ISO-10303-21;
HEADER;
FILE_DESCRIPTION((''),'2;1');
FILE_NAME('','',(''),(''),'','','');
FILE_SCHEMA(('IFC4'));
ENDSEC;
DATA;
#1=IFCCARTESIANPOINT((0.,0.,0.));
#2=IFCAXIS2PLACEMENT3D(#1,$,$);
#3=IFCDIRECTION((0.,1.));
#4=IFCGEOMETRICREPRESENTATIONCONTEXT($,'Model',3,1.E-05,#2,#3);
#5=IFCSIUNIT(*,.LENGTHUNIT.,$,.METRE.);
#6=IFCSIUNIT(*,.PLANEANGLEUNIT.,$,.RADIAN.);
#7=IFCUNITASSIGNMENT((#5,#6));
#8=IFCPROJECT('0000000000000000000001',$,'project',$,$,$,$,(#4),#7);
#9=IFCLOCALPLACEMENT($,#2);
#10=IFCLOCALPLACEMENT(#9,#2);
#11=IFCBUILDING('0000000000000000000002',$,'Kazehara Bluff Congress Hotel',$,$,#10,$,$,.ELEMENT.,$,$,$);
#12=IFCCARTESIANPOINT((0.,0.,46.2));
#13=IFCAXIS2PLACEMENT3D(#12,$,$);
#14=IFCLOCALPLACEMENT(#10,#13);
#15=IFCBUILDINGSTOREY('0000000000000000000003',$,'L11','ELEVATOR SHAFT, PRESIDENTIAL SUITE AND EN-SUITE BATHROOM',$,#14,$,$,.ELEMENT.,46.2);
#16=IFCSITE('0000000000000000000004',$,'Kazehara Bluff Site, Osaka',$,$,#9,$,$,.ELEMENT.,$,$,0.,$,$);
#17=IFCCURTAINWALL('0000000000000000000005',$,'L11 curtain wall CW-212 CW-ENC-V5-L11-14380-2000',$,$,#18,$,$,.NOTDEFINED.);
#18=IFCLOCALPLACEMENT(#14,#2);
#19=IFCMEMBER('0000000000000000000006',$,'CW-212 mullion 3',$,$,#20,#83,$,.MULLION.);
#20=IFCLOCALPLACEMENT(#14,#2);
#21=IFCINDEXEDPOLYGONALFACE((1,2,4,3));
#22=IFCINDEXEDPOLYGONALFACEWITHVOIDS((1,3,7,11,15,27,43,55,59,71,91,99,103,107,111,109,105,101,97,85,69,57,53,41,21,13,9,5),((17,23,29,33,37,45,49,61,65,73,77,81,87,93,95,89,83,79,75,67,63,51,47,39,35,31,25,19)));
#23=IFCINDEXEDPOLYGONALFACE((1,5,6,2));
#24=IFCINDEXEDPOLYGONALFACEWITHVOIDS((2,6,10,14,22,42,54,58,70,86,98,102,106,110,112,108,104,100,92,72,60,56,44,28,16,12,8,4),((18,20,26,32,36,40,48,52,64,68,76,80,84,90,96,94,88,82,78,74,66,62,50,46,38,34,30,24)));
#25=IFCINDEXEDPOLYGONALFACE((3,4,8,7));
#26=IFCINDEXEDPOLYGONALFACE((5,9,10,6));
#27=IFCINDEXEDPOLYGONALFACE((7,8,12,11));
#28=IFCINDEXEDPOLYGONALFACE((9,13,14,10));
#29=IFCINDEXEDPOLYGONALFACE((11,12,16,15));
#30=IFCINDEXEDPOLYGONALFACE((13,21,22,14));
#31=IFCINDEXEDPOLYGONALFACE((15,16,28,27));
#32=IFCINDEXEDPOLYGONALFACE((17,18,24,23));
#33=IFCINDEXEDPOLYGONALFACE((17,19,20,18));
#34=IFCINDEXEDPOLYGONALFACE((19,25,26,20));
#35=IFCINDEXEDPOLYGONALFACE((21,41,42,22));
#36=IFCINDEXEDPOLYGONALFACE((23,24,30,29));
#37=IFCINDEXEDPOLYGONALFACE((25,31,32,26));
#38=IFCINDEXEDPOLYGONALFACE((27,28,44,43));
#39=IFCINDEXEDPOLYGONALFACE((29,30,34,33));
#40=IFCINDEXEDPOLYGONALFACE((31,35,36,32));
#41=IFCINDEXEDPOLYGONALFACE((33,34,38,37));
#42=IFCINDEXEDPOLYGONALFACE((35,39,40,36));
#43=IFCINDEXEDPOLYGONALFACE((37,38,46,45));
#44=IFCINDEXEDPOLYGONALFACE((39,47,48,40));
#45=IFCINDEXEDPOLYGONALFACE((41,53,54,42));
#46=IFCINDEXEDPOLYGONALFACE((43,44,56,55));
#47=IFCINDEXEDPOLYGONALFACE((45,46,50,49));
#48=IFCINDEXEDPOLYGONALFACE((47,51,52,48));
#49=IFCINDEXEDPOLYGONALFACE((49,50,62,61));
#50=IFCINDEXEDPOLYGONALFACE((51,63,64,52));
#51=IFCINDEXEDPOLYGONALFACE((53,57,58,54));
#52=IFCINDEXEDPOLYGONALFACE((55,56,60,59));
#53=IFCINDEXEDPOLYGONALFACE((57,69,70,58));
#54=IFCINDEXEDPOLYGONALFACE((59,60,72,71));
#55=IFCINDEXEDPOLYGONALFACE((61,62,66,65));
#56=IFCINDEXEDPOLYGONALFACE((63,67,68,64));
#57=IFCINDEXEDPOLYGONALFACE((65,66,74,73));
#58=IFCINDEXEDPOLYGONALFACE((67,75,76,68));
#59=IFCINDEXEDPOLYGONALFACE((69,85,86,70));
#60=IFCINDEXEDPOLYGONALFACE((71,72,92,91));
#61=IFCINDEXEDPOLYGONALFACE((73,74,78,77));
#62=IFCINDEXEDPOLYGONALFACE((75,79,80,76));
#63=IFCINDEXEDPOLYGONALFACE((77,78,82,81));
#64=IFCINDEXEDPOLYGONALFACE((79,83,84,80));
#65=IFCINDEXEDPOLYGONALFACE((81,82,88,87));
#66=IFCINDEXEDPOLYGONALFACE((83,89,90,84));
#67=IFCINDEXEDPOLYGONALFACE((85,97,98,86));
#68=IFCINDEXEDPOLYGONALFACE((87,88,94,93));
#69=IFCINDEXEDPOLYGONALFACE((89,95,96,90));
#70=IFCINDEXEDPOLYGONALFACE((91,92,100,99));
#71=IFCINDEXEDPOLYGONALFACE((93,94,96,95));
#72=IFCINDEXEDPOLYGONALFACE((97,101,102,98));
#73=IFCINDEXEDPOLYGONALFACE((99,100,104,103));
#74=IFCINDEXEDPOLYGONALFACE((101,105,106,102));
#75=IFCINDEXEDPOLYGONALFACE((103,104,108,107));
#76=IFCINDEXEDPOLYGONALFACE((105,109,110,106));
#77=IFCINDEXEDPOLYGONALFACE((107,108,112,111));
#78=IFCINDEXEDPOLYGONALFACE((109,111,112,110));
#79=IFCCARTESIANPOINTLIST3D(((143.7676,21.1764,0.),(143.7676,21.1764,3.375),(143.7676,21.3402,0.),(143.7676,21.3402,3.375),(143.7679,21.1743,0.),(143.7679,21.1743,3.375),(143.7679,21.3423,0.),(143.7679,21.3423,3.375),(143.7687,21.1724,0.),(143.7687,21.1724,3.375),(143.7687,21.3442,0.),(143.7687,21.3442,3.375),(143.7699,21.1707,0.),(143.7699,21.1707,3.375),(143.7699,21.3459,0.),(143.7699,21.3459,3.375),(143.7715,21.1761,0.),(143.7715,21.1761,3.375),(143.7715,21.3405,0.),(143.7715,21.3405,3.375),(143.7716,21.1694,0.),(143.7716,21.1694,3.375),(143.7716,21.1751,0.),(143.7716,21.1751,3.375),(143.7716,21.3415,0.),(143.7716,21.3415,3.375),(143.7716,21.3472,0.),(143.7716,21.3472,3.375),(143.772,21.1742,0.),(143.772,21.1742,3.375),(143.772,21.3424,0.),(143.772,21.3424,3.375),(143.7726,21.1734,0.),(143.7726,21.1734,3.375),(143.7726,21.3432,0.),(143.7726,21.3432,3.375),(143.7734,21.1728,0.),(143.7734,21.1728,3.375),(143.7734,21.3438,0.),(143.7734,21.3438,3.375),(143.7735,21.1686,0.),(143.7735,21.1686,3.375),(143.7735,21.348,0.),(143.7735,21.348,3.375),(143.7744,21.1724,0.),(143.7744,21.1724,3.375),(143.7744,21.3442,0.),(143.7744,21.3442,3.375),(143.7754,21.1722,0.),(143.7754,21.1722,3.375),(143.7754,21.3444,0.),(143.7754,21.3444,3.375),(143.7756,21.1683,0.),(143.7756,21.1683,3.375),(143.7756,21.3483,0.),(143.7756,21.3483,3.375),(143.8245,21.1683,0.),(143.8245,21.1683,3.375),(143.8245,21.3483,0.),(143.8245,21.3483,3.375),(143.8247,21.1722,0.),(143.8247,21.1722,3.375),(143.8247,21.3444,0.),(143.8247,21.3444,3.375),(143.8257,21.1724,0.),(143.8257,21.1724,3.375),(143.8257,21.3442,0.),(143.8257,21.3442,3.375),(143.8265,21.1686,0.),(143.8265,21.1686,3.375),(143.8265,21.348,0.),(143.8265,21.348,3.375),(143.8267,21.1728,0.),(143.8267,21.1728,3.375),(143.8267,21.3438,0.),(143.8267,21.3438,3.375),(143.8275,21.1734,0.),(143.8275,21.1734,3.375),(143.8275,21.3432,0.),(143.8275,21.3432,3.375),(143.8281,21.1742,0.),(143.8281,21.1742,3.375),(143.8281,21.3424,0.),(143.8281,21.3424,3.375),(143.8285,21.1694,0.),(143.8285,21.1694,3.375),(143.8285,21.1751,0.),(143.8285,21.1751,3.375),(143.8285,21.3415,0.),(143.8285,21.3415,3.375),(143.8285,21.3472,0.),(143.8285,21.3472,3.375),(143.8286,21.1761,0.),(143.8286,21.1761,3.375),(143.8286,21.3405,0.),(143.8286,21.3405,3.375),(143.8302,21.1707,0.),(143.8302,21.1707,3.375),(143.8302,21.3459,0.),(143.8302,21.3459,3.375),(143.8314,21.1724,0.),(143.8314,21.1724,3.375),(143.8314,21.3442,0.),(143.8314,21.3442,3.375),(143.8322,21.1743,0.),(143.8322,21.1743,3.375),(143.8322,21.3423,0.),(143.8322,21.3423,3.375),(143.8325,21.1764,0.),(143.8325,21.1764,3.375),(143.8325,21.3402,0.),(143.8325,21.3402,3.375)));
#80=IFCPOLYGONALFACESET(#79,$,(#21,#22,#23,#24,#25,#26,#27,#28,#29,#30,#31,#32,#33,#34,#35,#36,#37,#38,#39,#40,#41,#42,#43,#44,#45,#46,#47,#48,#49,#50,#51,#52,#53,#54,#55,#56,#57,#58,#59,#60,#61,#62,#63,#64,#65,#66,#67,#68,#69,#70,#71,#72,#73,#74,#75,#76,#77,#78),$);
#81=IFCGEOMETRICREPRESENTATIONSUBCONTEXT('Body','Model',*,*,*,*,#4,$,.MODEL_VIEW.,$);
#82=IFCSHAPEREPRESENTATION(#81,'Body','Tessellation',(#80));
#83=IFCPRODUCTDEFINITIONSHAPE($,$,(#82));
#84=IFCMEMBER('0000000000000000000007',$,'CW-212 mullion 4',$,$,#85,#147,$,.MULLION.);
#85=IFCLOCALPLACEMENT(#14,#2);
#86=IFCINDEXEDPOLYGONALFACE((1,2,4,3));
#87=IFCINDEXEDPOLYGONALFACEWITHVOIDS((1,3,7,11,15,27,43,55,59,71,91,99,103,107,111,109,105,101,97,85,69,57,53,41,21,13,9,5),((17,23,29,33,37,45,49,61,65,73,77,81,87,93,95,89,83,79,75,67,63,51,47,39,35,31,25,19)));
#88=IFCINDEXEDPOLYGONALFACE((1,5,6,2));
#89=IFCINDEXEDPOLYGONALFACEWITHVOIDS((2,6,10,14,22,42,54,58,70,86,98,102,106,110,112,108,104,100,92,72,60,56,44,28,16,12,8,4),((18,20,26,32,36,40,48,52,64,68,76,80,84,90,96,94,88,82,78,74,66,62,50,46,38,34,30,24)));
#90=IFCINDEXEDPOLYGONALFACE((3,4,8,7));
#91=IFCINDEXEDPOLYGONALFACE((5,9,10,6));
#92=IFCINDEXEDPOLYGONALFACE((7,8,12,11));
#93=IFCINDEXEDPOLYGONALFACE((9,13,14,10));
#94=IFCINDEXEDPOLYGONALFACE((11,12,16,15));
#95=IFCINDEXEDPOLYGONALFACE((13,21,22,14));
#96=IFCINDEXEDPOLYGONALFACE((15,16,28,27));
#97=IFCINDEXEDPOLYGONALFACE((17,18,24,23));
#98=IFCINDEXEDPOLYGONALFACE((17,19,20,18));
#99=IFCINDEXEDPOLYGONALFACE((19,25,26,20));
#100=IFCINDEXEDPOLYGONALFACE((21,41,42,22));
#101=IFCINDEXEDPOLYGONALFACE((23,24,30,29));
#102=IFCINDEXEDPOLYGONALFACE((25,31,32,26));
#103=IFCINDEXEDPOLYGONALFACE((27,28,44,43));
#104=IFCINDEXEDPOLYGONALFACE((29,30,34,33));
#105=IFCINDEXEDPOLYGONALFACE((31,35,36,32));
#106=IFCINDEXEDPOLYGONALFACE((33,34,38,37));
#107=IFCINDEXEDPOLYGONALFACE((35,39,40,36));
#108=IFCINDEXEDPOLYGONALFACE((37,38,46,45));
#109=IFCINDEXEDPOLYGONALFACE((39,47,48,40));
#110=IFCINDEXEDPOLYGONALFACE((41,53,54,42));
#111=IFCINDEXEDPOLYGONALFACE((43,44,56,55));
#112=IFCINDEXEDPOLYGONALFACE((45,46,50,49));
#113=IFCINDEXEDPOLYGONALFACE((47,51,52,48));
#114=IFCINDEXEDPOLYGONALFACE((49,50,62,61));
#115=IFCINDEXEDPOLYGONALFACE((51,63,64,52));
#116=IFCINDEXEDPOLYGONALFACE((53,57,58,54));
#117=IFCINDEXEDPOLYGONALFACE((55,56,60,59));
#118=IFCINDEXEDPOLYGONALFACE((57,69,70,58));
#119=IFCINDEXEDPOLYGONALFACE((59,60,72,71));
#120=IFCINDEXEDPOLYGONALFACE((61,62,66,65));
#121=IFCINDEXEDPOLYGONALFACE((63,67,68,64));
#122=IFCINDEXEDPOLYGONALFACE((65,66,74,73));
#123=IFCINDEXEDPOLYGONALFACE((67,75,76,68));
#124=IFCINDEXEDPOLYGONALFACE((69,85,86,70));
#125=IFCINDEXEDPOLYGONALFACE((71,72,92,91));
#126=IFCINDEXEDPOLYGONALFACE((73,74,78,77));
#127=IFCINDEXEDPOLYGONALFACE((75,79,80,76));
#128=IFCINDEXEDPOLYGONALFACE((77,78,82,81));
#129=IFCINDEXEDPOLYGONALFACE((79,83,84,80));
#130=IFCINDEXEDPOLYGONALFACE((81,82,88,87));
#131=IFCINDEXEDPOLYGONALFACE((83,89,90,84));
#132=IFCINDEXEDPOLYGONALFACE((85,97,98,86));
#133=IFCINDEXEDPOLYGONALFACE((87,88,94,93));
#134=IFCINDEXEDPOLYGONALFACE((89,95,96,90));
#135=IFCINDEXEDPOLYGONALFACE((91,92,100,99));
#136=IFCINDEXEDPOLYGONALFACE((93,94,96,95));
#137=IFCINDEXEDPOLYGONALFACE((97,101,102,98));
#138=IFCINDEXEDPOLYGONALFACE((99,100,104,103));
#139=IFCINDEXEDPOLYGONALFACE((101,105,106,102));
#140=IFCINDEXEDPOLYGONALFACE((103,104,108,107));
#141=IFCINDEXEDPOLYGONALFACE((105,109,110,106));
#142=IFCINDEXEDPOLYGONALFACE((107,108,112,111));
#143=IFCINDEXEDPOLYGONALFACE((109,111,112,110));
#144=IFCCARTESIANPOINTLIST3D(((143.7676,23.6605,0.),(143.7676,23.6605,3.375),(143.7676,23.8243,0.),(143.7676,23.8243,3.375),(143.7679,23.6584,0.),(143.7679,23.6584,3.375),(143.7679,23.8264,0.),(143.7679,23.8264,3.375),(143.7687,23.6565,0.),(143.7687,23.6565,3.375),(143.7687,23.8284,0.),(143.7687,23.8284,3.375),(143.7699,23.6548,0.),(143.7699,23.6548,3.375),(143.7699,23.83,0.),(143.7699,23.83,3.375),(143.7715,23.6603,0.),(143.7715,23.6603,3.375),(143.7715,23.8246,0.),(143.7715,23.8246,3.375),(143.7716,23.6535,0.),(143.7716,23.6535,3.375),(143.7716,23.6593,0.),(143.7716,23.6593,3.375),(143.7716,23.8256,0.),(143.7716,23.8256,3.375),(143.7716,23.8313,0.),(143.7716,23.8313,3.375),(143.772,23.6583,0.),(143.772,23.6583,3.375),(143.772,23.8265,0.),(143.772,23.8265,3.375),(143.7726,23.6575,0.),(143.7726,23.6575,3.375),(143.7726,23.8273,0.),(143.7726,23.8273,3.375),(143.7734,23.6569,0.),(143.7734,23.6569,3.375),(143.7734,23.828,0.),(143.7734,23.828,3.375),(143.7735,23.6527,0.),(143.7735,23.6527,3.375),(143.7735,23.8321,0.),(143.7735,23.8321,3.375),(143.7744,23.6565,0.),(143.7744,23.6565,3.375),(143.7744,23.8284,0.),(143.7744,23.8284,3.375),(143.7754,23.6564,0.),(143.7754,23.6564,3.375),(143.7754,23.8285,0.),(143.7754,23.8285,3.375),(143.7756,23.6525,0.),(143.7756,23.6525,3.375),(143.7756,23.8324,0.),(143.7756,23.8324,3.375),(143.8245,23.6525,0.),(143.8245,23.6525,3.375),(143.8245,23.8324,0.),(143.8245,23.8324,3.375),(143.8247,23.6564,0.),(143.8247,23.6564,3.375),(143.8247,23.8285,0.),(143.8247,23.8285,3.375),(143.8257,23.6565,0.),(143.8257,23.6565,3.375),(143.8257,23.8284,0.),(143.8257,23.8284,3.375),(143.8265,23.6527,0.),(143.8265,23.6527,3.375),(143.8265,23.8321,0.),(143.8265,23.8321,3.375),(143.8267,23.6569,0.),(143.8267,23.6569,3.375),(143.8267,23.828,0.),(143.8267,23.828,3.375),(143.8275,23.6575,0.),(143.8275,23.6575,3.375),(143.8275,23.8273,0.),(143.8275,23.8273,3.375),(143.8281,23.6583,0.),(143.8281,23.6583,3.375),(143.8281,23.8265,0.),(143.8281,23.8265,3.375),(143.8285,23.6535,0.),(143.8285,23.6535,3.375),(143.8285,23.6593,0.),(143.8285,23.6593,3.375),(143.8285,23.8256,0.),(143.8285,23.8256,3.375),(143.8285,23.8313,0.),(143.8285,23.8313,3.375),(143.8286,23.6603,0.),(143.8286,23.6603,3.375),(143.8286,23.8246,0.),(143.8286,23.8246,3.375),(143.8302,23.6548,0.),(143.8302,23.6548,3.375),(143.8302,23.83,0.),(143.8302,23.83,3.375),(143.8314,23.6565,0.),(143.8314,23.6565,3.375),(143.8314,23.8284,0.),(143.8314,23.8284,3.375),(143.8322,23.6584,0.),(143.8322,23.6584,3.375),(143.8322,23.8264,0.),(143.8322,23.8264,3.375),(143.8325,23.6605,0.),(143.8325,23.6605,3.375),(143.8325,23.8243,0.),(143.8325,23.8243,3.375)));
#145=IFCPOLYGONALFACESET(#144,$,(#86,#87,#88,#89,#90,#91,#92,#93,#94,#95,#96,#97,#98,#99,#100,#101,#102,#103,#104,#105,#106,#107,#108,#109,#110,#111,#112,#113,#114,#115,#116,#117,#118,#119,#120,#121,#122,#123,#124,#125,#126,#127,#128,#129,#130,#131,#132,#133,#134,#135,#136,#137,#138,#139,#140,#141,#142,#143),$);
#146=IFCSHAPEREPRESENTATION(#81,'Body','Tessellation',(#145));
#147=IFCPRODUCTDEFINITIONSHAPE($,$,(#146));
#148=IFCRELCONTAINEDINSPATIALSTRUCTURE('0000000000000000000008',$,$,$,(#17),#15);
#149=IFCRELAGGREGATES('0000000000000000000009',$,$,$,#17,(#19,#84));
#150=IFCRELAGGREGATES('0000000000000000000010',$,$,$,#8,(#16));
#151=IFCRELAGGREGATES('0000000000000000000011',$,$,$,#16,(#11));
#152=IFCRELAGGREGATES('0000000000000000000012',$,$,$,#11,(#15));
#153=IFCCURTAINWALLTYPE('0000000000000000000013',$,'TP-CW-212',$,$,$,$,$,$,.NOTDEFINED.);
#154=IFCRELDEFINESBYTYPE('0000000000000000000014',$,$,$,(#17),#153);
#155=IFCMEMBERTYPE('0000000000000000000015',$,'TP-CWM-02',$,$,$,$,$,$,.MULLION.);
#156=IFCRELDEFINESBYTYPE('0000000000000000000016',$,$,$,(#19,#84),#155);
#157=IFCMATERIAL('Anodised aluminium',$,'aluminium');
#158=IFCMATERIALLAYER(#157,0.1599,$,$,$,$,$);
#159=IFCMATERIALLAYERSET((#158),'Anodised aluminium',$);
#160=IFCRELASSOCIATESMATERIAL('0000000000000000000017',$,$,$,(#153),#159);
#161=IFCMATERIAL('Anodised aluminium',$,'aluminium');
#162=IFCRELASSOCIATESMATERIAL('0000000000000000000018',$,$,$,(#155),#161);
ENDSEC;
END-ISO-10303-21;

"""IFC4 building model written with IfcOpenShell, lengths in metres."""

from ifc_helpers import new_model, si_unit, direction, frame, origin, origin_2d, place, context, subcontext, project, spatial, hollow_rectangle, extrude, material, layer, layer_set, material_profile, profile_set, type_object, element, aggregate, save


model = new_model("IFC4")

# Units and contexts
model_context = context("Model", 3, precision=1e-05, world=origin(), true_north=direction((0.0, 1.0)))
body_context = subcontext(model_context, "Body", "Model", "MODEL_VIEW")
ifc_project = project(units=[si_unit("LENGTHUNIT", "METRE"), si_unit("PLANEANGLEUNIT", "RADIAN")], contexts=[model_context])

# Site, building, storey
site_placement = place(None, origin())
site = spatial("IfcSite", under=ifc_project, at=site_placement, Name="Kazehara Bluff Site, Osaka", CompositionType="ELEMENT", RefElevation=0.0)
building_placement = place(site_placement, origin())
building = spatial("IfcBuilding", under=site, at=building_placement, Name="Kazehara Bluff Congress Hotel", CompositionType="ELEMENT")
storey_placement = place(building_placement, frame((0.0, 0.0, 46.2)))
storey = spatial("IfcBuildingStorey", under=building, at=storey_placement, Name="L11", Description="ELEVATOR SHAFT, PRESIDENTIAL SUITE AND EN-SUITE BATHROOM", CompositionType="ELEMENT", Elevation=46.2)

# Curtain wall, members
ifc_material_1 = material(Name="Anodised aluminium", Category="aluminium")
ifc_layer_1 = layer(ifc_material_1, 0.1599)
ifc_layer_set_1 = layer_set([ifc_layer_1], Name="Anodised aluminium")
curtain_wall_type = type_object("IfcCurtainWallType", Name="TP-CW-212", PredefinedType="NOTDEFINED", material=ifc_layer_set_1)
curtain_wall_placement = place(storey_placement, origin())
curtain_wall = element("IfcCurtainWall", 1, at=curtain_wall_placement, inside=storey, type_object=curtain_wall_type, Name="L11 curtain wall CW-212 CW-ENC-V5-L11-14380-2000", PredefinedType="NOTDEFINED")
ifc_material_2 = material(Name="Anodised aluminium", Category="aluminium")
ifc_material_profile_1 = material_profile(ifc_material_2, hollow_rectangle(XDim=0.0649, YDim=0.1799, WallThickness=0.0039, InnerFilletRadius=0.0039, OuterFilletRadius=0.0081, at=origin_2d()))
ifc_profile_set_1 = profile_set([ifc_material_profile_1], Name="Anodised aluminium")
member_type_1 = type_object("IfcMemberType", Name="TP-CWM-02", PredefinedType="MULLION", material=ifc_profile_set_1)
member_1_placement = place(storey_placement, frame((143.8, 21.2583, 0.0), z_axis=(0.0, 0.0, 1.0), x_axis=(-1.0, 0.0, 0.0)))
member_1 = element("IfcMember", 2, at=member_1_placement, type_object=member_type_1, Name="CW-212 mullion 3", PredefinedType="MULLION", context=body_context, shape_type="SweptSolid", body=[
    extrude(hollow_rectangle(XDim=0.0649, YDim=0.1799, WallThickness=0.0039, InnerFilletRadius=0.0039, OuterFilletRadius=0.0081, at=origin_2d()), origin(), (0.0, 0.0, 1.0), 3.375),
])
member_2_placement = place(storey_placement, frame((143.8, 23.7424, 0.0), z_axis=(0.0, 0.0, 1.0), x_axis=(-1.0, 0.0, 0.0)))
member_2 = element("IfcMember", 3, at=member_2_placement, type_object=member_type_1, Name="CW-212 mullion 4", PredefinedType="MULLION", context=body_context, shape_type="SweptSolid", body=[
    extrude(hollow_rectangle(XDim=0.0649, YDim=0.1799, WallThickness=0.0039, InnerFilletRadius=0.0039, OuterFilletRadius=0.0081, at=origin_2d()), origin(), (0.0, 0.0, 1.0), 3.375),
])

aggregate(curtain_wall, [member_1, member_2])

save(model, "model.ifc")
